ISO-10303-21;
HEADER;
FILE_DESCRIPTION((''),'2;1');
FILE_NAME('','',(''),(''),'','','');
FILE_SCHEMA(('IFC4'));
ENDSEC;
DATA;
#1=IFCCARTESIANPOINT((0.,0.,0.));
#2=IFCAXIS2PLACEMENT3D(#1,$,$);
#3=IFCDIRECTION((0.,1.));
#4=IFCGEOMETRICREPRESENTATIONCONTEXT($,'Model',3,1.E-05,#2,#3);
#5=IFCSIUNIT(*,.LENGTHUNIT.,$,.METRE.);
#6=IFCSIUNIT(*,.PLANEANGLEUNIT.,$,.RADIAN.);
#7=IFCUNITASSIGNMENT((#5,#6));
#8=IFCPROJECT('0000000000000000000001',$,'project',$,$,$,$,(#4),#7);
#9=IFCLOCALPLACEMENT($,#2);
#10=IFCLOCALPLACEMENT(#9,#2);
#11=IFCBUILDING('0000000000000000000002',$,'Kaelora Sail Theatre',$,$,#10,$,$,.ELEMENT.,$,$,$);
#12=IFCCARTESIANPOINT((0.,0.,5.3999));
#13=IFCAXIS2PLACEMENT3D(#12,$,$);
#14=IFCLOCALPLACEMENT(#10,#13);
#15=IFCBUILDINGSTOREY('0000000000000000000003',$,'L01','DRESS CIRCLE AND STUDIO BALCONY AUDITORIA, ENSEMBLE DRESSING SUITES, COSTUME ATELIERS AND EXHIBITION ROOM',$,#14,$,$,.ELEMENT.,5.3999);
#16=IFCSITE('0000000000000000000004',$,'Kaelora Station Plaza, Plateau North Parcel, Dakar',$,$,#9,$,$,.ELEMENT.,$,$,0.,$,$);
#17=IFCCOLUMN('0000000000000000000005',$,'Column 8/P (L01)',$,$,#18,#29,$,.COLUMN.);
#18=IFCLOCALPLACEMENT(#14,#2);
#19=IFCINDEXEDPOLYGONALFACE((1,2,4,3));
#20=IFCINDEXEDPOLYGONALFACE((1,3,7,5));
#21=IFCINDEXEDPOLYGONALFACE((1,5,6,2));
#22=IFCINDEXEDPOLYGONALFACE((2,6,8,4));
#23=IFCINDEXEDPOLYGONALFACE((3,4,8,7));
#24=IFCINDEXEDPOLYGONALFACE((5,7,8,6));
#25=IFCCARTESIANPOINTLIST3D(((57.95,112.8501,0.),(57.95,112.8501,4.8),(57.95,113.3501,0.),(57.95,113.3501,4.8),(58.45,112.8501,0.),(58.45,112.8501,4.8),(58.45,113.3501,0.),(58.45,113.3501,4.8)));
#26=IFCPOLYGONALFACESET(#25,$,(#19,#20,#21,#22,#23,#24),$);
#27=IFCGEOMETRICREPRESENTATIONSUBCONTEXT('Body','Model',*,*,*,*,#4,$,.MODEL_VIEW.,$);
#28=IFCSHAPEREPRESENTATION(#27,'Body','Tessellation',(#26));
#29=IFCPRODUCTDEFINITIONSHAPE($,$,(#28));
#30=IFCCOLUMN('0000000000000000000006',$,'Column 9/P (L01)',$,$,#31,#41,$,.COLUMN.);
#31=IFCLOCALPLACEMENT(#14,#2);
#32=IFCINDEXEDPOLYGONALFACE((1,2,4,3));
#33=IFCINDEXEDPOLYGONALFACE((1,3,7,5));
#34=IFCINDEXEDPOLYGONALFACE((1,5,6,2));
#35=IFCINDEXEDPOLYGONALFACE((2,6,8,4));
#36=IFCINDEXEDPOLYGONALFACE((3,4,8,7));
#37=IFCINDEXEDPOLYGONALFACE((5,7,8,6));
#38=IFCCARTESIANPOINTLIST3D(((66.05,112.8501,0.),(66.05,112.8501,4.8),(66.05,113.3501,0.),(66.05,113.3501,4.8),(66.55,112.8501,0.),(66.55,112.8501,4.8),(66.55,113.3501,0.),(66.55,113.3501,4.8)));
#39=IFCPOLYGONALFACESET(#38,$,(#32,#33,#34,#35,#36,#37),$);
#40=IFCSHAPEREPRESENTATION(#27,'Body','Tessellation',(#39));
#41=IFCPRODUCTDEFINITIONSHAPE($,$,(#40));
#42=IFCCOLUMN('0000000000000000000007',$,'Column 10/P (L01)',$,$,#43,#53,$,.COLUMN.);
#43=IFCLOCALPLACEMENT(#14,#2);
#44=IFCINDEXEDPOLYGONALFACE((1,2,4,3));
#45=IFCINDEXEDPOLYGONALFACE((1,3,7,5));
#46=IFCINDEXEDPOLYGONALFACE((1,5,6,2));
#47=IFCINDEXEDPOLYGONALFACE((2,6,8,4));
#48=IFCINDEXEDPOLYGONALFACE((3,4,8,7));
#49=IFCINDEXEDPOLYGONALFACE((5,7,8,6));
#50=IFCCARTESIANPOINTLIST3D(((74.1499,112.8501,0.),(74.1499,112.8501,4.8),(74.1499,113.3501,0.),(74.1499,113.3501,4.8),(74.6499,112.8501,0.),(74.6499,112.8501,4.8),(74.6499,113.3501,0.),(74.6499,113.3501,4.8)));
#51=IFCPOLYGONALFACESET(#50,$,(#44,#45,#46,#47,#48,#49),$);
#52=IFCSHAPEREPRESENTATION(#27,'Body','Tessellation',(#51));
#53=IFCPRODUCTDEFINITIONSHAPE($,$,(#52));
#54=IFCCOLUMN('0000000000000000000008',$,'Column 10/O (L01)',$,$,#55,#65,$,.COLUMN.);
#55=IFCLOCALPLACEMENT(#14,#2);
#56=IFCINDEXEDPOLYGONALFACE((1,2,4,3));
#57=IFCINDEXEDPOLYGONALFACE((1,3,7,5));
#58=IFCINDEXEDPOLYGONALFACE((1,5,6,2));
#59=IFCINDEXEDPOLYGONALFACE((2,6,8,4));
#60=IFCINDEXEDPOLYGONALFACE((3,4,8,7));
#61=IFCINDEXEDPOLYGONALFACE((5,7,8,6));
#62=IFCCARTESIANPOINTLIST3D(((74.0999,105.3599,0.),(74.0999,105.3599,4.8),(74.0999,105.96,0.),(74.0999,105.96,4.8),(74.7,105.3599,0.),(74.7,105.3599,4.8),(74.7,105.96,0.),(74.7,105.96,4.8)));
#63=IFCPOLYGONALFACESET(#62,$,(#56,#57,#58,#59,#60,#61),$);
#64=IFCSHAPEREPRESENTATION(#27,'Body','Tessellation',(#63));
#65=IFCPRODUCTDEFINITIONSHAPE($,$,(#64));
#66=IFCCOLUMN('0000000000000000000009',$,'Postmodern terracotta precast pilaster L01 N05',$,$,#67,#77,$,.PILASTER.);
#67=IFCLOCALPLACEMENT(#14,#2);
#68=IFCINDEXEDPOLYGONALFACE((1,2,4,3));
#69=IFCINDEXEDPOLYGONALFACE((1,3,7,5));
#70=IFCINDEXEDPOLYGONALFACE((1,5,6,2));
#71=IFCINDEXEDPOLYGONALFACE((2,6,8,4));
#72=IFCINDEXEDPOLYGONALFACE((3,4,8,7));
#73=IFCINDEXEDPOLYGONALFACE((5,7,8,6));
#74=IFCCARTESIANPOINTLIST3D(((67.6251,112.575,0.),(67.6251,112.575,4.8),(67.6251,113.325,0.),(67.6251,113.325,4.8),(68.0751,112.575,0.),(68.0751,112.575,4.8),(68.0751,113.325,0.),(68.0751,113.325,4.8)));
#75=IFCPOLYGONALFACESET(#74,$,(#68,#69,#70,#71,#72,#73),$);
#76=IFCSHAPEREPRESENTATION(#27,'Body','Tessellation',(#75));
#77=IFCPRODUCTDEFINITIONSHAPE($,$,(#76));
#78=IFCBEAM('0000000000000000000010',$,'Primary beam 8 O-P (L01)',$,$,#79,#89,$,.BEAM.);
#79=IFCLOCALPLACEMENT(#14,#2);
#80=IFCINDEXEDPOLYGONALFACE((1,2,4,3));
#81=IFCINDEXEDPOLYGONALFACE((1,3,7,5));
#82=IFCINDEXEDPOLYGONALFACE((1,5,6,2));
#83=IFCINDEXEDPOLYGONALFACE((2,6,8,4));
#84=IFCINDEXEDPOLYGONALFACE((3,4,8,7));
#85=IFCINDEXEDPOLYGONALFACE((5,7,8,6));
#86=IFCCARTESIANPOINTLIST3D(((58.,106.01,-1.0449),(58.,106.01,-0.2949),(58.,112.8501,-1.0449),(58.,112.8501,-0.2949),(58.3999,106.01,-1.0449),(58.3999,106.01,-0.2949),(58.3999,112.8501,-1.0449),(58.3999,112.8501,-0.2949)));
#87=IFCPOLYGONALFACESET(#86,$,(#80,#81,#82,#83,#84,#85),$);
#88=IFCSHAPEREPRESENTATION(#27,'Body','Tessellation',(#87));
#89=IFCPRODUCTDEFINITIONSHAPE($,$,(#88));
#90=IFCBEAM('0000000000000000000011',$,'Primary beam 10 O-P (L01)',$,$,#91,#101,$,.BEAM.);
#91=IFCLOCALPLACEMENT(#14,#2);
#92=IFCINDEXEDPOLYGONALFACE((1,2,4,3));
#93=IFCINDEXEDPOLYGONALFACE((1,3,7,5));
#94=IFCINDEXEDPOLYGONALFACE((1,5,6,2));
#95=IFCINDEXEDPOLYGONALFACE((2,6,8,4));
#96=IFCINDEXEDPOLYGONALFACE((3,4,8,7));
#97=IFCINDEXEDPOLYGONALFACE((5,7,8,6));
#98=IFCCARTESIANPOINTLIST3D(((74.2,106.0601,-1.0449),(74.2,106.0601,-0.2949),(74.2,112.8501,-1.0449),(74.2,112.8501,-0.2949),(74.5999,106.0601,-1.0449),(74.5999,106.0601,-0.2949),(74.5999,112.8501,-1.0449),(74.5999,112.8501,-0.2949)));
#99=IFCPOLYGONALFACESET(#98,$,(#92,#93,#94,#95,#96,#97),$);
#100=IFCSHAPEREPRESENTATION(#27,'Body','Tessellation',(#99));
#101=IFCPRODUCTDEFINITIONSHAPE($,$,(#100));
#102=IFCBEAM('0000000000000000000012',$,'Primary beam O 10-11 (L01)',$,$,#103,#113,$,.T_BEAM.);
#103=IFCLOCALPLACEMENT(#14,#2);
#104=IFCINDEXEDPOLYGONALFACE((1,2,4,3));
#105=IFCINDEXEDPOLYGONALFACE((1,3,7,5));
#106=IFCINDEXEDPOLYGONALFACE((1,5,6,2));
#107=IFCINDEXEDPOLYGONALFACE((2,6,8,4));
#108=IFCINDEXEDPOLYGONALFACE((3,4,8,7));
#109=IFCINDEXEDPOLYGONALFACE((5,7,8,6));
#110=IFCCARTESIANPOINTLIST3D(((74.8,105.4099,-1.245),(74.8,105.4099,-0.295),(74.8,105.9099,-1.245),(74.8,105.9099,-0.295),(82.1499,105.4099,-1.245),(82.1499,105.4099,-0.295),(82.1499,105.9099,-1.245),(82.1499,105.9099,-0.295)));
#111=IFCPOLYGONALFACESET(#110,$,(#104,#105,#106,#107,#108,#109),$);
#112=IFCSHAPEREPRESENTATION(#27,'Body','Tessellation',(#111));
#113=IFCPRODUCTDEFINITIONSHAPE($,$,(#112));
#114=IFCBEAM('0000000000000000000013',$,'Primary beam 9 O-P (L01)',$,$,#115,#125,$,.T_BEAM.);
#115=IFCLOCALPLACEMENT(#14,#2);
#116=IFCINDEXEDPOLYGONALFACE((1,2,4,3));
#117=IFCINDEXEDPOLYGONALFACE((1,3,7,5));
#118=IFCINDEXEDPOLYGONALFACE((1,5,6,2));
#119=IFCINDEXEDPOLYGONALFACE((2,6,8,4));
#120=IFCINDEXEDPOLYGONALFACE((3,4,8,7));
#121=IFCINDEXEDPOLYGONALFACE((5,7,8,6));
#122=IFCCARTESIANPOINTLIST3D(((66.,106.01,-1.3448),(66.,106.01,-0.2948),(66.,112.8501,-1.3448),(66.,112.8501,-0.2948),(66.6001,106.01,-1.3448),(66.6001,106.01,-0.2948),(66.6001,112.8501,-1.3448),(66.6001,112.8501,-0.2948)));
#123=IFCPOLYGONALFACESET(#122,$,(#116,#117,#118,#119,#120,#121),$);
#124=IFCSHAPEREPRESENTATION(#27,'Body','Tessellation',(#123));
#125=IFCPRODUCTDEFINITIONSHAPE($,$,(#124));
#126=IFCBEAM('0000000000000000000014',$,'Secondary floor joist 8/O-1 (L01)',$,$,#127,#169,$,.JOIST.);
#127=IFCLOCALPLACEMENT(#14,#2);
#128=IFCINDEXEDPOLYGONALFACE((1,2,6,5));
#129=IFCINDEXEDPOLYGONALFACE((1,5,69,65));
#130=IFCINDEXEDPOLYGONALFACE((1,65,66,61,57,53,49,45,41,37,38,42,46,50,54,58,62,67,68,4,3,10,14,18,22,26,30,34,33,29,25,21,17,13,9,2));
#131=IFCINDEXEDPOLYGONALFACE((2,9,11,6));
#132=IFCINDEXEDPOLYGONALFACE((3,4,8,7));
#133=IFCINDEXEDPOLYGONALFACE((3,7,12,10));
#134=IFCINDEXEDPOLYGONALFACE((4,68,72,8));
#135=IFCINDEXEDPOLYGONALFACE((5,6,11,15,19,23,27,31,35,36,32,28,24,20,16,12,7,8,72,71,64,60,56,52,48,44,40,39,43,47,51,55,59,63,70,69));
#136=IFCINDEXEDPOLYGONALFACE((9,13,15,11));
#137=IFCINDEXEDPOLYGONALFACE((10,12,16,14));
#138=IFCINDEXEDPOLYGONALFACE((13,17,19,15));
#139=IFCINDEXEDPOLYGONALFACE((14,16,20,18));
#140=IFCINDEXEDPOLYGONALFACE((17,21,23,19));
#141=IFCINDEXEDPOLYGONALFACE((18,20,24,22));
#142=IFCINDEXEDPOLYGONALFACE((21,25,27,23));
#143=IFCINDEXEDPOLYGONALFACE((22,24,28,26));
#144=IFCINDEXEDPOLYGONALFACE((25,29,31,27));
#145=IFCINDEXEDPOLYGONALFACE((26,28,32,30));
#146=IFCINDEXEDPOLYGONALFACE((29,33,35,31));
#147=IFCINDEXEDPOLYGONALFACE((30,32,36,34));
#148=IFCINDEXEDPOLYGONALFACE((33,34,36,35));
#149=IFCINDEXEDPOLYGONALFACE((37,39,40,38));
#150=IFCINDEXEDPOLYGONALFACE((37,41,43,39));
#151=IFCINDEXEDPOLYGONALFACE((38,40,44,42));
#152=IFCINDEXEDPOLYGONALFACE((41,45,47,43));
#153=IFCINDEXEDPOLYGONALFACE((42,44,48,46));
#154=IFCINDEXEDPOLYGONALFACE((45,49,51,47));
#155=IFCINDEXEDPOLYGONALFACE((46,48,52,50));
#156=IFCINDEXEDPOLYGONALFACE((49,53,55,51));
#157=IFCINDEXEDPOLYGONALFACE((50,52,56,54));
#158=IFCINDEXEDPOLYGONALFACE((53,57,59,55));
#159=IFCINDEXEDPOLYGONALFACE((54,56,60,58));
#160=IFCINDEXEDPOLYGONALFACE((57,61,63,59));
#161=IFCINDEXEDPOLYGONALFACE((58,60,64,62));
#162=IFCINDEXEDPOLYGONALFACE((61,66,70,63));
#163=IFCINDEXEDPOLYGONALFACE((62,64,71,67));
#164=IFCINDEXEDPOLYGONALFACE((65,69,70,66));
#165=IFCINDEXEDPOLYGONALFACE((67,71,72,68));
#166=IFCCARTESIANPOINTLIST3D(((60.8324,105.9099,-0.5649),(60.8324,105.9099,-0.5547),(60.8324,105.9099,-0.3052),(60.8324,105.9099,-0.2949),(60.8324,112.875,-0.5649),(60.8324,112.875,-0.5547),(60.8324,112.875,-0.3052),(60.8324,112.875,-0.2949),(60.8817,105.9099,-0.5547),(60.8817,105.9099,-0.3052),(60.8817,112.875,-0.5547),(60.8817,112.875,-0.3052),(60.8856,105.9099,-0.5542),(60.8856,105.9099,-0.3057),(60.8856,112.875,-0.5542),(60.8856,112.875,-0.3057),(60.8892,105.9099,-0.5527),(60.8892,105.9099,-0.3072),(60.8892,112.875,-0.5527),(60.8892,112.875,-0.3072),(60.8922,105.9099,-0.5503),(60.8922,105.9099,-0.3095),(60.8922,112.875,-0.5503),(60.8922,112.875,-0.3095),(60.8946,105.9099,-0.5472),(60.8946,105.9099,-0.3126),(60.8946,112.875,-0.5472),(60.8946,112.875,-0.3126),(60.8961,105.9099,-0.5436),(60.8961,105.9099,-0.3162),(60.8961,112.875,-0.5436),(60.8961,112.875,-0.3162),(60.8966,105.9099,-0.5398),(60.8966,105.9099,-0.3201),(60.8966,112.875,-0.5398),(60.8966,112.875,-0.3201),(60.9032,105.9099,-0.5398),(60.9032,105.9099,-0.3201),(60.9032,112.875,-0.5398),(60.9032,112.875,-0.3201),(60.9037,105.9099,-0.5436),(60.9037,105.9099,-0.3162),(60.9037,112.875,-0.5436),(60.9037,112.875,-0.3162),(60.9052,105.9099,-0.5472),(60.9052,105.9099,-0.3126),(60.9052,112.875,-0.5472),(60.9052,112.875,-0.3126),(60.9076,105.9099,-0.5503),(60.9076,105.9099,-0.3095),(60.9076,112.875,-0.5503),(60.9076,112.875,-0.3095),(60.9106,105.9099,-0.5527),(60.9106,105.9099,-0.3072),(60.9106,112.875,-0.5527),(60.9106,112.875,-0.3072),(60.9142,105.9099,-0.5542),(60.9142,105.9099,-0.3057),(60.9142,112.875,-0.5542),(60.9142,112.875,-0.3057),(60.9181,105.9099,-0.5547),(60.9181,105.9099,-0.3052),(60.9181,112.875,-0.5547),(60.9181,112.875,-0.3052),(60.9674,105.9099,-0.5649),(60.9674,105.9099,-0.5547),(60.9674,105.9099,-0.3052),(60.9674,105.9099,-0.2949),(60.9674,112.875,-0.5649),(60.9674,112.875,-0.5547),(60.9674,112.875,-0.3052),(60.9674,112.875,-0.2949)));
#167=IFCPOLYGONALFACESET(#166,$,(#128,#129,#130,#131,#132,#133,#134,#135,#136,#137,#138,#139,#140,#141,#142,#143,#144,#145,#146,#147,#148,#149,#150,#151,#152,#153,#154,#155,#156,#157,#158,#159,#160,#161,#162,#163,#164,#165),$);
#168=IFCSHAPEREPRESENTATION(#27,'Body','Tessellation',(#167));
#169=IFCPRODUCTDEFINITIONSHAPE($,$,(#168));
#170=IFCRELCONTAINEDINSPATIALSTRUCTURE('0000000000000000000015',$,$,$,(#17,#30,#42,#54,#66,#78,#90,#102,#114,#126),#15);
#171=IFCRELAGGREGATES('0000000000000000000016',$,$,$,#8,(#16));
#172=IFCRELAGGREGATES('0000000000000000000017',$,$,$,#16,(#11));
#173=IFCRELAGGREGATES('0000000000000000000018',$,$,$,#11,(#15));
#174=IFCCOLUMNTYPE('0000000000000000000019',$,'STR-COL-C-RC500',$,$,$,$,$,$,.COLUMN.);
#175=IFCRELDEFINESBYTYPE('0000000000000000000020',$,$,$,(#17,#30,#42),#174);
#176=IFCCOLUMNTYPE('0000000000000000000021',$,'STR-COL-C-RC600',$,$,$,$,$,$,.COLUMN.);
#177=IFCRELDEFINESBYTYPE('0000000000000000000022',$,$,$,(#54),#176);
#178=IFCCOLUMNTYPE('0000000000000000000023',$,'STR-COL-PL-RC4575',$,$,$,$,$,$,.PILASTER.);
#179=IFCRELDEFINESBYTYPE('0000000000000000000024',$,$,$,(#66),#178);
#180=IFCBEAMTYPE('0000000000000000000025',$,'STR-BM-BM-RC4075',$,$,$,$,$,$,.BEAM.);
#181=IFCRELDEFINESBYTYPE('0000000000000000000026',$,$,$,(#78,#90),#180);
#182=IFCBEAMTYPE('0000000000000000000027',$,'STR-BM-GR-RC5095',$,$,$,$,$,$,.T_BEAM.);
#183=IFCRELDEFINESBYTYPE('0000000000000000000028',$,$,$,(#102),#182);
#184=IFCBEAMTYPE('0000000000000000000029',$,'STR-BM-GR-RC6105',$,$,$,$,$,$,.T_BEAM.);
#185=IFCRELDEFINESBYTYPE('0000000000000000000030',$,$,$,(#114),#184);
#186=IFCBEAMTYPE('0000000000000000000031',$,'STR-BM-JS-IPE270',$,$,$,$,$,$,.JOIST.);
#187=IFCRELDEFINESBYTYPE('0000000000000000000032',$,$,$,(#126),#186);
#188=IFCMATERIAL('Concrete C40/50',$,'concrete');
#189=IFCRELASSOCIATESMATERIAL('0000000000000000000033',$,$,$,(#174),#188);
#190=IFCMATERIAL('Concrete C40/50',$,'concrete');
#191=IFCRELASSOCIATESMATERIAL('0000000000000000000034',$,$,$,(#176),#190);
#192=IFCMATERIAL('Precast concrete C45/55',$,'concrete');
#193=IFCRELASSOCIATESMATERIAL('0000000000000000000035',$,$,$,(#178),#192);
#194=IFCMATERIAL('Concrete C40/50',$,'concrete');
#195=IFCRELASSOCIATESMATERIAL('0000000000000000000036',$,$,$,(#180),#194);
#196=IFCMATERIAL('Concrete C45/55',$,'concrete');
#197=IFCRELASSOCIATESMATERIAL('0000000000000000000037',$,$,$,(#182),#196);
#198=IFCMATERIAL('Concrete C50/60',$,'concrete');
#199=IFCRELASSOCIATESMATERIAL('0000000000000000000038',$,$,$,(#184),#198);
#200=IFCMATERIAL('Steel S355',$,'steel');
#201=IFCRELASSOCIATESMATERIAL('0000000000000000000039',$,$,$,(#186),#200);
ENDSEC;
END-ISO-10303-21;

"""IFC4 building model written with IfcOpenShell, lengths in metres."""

from ifc_helpers import new_model, si_unit, direction, frame, origin, origin_2d, place, context, subcontext, project, spatial, rectangle, i_section, extrude, material, material_profile, profile_set, type_object, element, save


model = new_model("IFC4")

# Units and contexts
model_context = context("Model", 3, precision=1e-05, world=origin(), true_north=direction((0.0, 1.0)))
body_context = subcontext(model_context, "Body", "Model", "MODEL_VIEW")
ifc_project = project(units=[si_unit("LENGTHUNIT", "METRE"), si_unit("PLANEANGLEUNIT", "RADIAN")], contexts=[model_context])

# Site, building, storey
site_placement = place(None, origin())
site = spatial("IfcSite", under=ifc_project, at=site_placement, Name="Kaelora Station Plaza, Plateau North Parcel, Dakar", CompositionType="ELEMENT", RefElevation=0.0)
building_placement = place(site_placement, origin())
building = spatial("IfcBuilding", under=site, at=building_placement, Name="Kaelora Sail Theatre", CompositionType="ELEMENT")
storey_placement = place(building_placement, frame((0.0, 0.0, 5.3999)))
storey = spatial("IfcBuildingStorey", under=building, at=storey_placement, Name="L01", Description="DRESS CIRCLE AND STUDIO BALCONY AUDITORIA, ENSEMBLE DRESSING SUITES, COSTUME ATELIERS AND EXHIBITION ROOM", CompositionType="ELEMENT", Elevation=5.3999)

# Columns
ifc_material_1 = material(Name="Concrete C40/50", Category="concrete")
ifc_material_profile_1 = material_profile(ifc_material_1, rectangle(XDim=0.5, YDim=0.5, at=origin_2d()), Name="RC-COL 500x500")
ifc_profile_set_1 = profile_set([ifc_material_profile_1], Name="Concrete C40/50")
column_type_1 = type_object("IfcColumnType", Name="STR-COL-C-RC500", PredefinedType="COLUMN", material=ifc_profile_set_1)
for number, where, z_axis, x_axis, name in (
    (1, (58.2, 113.1001, 0.0), (0.0, 0.0, 1.0), (1.0, 0.0, 0.0), "Column 8/P (L01)"),
    (2, (66.3, 113.1001, 0.0), (0.0, 0.0, 1.0), (1.0, 0.0, 0.0), "Column 9/P (L01)"),
    (3, (74.3999, 113.1001, 0.0), (0.0, 0.0, 1.0), (1.0, 0.0, 0.0), "Column 10/P (L01)"),
):
    element("IfcColumn", number, at=place(storey_placement, frame(where, z_axis=z_axis, x_axis=x_axis)), inside=storey, type_object=column_type_1, Name=name, PredefinedType="COLUMN", context=body_context, shape_type="SweptSolid", body=[
        extrude(rectangle(XDim=0.5, YDim=0.5, at=origin_2d()), origin(), (0.0, 0.0, 1.0), 4.8),
    ])
ifc_material_2 = material(Name="Concrete C40/50", Category="concrete")
ifc_material_profile_2 = material_profile(ifc_material_2, rectangle(XDim=0.6001, YDim=0.6001, at=origin_2d()), Name="RC-COL 600x600")
ifc_profile_set_2 = profile_set([ifc_material_profile_2], Name="Concrete C40/50")
column_type_2 = type_object("IfcColumnType", Name="STR-COL-C-RC600", PredefinedType="COLUMN", material=ifc_profile_set_2)
column_1_placement = place(storey_placement, frame((74.3999, 105.6599, 0.0), z_axis=(0.0, 0.0, 1.0), x_axis=(1.0, 0.0, 0.0)))
element("IfcColumn", 4, at=column_1_placement, inside=storey, type_object=column_type_2, Name="Column 10/O (L01)", PredefinedType="COLUMN", context=body_context, shape_type="SweptSolid", body=[
    extrude(rectangle(XDim=0.6001, YDim=0.6001, at=origin_2d()), origin(), (0.0, 0.0, 1.0), 4.8),
])
ifc_material_3 = material(Name="Precast concrete C45/55", Category="concrete")
ifc_material_profile_3 = material_profile(ifc_material_3, rectangle(XDim=0.45, YDim=0.75, at=origin_2d()), Name="RC-PIL 450x750")
ifc_profile_set_3 = profile_set([ifc_material_profile_3], Name="Precast concrete C45/55")
column_type_3 = type_object("IfcColumnType", Name="STR-COL-PL-RC4575", PredefinedType="PILASTER", material=ifc_profile_set_3)
column_2_placement = place(storey_placement, frame((67.8501, 112.95, 0.0), z_axis=(0.0, 0.0, 1.0), x_axis=(1.0, 0.0, 0.0)))
element("IfcColumn", 5, at=column_2_placement, inside=storey, type_object=column_type_3, Name="Postmodern terracotta precast pilaster L01 N05", PredefinedType="PILASTER", context=body_context, shape_type="SweptSolid", body=[
    extrude(rectangle(XDim=0.45, YDim=0.75, at=origin_2d()), origin(), (0.0, 0.0, 1.0), 4.8),
])

# Beams
ifc_material_4 = material(Name="Concrete C40/50", Category="concrete")
ifc_material_profile_4 = material_profile(ifc_material_4, rectangle(XDim=0.3999, YDim=0.75, at=origin_2d()), Name="RC-BM 400x750")
ifc_profile_set_4 = profile_set([ifc_material_profile_4], Name="Concrete C40/50")
beam_type_1 = type_object("IfcBeamType", Name="STR-BM-BM-RC4075", PredefinedType="BEAM", material=ifc_profile_set_4)
beam_1_placement = place(storey_placement, frame((58.2, 106.01, -0.6699), z_axis=(0.0, 1.0, 0.0), x_axis=(-1.0, 0.0, 0.0)))
element("IfcBeam", 6, at=beam_1_placement, inside=storey, type_object=beam_type_1, Name="Primary beam 8 O-P (L01)", PredefinedType="BEAM", context=body_context, shape_type="SweptSolid", body=[
    extrude(rectangle(XDim=0.3999, YDim=0.75, at=origin_2d()), origin(), (0.0, 0.0, 1.0), 6.8401),
])
beam_2_placement = place(storey_placement, frame((74.3999, 106.0601, -0.6699), z_axis=(0.0, 1.0, 0.0), x_axis=(-1.0, 0.0, 0.0)))
element("IfcBeam", 7, at=beam_2_placement, inside=storey, type_object=beam_type_1, Name="Primary beam 10 O-P (L01)", PredefinedType="BEAM", context=body_context, shape_type="SweptSolid", body=[
    extrude(rectangle(XDim=0.3999, YDim=0.75, at=origin_2d()), origin(), (0.0, 0.0, 1.0), 6.79),
])
ifc_material_5 = material(Name="Concrete C45/55", Category="concrete")
ifc_material_profile_5 = material_profile(ifc_material_5, rectangle(XDim=0.5, YDim=0.95, at=origin_2d()), Name="RC-GRD 500x950")
ifc_profile_set_5 = profile_set([ifc_material_profile_5], Name="Concrete C45/55")
beam_type_2 = type_object("IfcBeamType", Name="STR-BM-GR-RC5095", PredefinedType="T_BEAM", material=ifc_profile_set_5)
beam_3_placement = place(storey_placement, frame((74.8, 105.6599, -0.77), z_axis=(1.0, 0.0, 0.0), x_axis=(0.0, 1.0, 0.0)))
element("IfcBeam", 8, at=beam_3_placement, inside=storey, type_object=beam_type_2, Name="Primary beam O 10-11 (L01)", PredefinedType="T_BEAM", context=body_context, shape_type="SweptSolid", body=[
    extrude(rectangle(XDim=0.5, YDim=0.95, at=origin_2d()), origin(), (0.0, 0.0, 1.0), 7.3499),
])
ifc_material_6 = material(Name="Concrete C50/60", Category="concrete")
ifc_material_profile_6 = material_profile(ifc_material_6, rectangle(XDim=0.6001, YDim=1.05, at=origin_2d()), Name="RC-GRD 600x1050")
ifc_profile_set_6 = profile_set([ifc_material_profile_6], Name="Concrete C50/60")
beam_type_3 = type_object("IfcBeamType", Name="STR-BM-GR-RC6105", PredefinedType="T_BEAM", material=ifc_profile_set_6)
beam_4_placement = place(storey_placement, frame((66.3, 106.01, -0.8198), z_axis=(0.0, 1.0, 0.0), x_axis=(-1.0, 0.0, 0.0)))
element("IfcBeam", 9, at=beam_4_placement, inside=storey, type_object=beam_type_3, Name="Primary beam 9 O-P (L01)", PredefinedType="T_BEAM", context=body_context, shape_type="SweptSolid", body=[
    extrude(rectangle(XDim=0.6001, YDim=1.05, at=origin_2d()), origin(), (0.0, 0.0, 1.0), 6.8401),
])
ifc_material_7 = material(Name="Steel S355", Category="steel")
ifc_material_profile_7 = material_profile(ifc_material_7, i_section(OverallWidth=0.135, OverallDepth=0.27, WebThickness=0.0066, FlangeThickness=0.0103, FilletRadius=0.0149, at=origin_2d()), Name="IPE 270")
ifc_profile_set_7 = profile_set([ifc_material_profile_7], Name="Steel S355")
beam_type_4 = type_object("IfcBeamType", Name="STR-BM-JS-IPE270", PredefinedType="JOIST", material=ifc_profile_set_7)
beam_5_placement = place(storey_placement, frame((60.8999, 105.9099, -0.4299), z_axis=(0.0, 1.0, 0.0), x_axis=(-1.0, 0.0, 0.0)))
element("IfcBeam", 10, at=beam_5_placement, inside=storey, type_object=beam_type_4, Name="Secondary floor joist 8/O-1 (L01)", PredefinedType="JOIST", context=body_context, shape_type="SweptSolid", body=[
    extrude(i_section(OverallWidth=0.135, OverallDepth=0.27, WebThickness=0.0066, FlangeThickness=0.0103, FilletRadius=0.0149, at=origin_2d()), origin(), (0.0, 0.0, 1.0), 6.9651),
])

save(model, "model.ifc")
